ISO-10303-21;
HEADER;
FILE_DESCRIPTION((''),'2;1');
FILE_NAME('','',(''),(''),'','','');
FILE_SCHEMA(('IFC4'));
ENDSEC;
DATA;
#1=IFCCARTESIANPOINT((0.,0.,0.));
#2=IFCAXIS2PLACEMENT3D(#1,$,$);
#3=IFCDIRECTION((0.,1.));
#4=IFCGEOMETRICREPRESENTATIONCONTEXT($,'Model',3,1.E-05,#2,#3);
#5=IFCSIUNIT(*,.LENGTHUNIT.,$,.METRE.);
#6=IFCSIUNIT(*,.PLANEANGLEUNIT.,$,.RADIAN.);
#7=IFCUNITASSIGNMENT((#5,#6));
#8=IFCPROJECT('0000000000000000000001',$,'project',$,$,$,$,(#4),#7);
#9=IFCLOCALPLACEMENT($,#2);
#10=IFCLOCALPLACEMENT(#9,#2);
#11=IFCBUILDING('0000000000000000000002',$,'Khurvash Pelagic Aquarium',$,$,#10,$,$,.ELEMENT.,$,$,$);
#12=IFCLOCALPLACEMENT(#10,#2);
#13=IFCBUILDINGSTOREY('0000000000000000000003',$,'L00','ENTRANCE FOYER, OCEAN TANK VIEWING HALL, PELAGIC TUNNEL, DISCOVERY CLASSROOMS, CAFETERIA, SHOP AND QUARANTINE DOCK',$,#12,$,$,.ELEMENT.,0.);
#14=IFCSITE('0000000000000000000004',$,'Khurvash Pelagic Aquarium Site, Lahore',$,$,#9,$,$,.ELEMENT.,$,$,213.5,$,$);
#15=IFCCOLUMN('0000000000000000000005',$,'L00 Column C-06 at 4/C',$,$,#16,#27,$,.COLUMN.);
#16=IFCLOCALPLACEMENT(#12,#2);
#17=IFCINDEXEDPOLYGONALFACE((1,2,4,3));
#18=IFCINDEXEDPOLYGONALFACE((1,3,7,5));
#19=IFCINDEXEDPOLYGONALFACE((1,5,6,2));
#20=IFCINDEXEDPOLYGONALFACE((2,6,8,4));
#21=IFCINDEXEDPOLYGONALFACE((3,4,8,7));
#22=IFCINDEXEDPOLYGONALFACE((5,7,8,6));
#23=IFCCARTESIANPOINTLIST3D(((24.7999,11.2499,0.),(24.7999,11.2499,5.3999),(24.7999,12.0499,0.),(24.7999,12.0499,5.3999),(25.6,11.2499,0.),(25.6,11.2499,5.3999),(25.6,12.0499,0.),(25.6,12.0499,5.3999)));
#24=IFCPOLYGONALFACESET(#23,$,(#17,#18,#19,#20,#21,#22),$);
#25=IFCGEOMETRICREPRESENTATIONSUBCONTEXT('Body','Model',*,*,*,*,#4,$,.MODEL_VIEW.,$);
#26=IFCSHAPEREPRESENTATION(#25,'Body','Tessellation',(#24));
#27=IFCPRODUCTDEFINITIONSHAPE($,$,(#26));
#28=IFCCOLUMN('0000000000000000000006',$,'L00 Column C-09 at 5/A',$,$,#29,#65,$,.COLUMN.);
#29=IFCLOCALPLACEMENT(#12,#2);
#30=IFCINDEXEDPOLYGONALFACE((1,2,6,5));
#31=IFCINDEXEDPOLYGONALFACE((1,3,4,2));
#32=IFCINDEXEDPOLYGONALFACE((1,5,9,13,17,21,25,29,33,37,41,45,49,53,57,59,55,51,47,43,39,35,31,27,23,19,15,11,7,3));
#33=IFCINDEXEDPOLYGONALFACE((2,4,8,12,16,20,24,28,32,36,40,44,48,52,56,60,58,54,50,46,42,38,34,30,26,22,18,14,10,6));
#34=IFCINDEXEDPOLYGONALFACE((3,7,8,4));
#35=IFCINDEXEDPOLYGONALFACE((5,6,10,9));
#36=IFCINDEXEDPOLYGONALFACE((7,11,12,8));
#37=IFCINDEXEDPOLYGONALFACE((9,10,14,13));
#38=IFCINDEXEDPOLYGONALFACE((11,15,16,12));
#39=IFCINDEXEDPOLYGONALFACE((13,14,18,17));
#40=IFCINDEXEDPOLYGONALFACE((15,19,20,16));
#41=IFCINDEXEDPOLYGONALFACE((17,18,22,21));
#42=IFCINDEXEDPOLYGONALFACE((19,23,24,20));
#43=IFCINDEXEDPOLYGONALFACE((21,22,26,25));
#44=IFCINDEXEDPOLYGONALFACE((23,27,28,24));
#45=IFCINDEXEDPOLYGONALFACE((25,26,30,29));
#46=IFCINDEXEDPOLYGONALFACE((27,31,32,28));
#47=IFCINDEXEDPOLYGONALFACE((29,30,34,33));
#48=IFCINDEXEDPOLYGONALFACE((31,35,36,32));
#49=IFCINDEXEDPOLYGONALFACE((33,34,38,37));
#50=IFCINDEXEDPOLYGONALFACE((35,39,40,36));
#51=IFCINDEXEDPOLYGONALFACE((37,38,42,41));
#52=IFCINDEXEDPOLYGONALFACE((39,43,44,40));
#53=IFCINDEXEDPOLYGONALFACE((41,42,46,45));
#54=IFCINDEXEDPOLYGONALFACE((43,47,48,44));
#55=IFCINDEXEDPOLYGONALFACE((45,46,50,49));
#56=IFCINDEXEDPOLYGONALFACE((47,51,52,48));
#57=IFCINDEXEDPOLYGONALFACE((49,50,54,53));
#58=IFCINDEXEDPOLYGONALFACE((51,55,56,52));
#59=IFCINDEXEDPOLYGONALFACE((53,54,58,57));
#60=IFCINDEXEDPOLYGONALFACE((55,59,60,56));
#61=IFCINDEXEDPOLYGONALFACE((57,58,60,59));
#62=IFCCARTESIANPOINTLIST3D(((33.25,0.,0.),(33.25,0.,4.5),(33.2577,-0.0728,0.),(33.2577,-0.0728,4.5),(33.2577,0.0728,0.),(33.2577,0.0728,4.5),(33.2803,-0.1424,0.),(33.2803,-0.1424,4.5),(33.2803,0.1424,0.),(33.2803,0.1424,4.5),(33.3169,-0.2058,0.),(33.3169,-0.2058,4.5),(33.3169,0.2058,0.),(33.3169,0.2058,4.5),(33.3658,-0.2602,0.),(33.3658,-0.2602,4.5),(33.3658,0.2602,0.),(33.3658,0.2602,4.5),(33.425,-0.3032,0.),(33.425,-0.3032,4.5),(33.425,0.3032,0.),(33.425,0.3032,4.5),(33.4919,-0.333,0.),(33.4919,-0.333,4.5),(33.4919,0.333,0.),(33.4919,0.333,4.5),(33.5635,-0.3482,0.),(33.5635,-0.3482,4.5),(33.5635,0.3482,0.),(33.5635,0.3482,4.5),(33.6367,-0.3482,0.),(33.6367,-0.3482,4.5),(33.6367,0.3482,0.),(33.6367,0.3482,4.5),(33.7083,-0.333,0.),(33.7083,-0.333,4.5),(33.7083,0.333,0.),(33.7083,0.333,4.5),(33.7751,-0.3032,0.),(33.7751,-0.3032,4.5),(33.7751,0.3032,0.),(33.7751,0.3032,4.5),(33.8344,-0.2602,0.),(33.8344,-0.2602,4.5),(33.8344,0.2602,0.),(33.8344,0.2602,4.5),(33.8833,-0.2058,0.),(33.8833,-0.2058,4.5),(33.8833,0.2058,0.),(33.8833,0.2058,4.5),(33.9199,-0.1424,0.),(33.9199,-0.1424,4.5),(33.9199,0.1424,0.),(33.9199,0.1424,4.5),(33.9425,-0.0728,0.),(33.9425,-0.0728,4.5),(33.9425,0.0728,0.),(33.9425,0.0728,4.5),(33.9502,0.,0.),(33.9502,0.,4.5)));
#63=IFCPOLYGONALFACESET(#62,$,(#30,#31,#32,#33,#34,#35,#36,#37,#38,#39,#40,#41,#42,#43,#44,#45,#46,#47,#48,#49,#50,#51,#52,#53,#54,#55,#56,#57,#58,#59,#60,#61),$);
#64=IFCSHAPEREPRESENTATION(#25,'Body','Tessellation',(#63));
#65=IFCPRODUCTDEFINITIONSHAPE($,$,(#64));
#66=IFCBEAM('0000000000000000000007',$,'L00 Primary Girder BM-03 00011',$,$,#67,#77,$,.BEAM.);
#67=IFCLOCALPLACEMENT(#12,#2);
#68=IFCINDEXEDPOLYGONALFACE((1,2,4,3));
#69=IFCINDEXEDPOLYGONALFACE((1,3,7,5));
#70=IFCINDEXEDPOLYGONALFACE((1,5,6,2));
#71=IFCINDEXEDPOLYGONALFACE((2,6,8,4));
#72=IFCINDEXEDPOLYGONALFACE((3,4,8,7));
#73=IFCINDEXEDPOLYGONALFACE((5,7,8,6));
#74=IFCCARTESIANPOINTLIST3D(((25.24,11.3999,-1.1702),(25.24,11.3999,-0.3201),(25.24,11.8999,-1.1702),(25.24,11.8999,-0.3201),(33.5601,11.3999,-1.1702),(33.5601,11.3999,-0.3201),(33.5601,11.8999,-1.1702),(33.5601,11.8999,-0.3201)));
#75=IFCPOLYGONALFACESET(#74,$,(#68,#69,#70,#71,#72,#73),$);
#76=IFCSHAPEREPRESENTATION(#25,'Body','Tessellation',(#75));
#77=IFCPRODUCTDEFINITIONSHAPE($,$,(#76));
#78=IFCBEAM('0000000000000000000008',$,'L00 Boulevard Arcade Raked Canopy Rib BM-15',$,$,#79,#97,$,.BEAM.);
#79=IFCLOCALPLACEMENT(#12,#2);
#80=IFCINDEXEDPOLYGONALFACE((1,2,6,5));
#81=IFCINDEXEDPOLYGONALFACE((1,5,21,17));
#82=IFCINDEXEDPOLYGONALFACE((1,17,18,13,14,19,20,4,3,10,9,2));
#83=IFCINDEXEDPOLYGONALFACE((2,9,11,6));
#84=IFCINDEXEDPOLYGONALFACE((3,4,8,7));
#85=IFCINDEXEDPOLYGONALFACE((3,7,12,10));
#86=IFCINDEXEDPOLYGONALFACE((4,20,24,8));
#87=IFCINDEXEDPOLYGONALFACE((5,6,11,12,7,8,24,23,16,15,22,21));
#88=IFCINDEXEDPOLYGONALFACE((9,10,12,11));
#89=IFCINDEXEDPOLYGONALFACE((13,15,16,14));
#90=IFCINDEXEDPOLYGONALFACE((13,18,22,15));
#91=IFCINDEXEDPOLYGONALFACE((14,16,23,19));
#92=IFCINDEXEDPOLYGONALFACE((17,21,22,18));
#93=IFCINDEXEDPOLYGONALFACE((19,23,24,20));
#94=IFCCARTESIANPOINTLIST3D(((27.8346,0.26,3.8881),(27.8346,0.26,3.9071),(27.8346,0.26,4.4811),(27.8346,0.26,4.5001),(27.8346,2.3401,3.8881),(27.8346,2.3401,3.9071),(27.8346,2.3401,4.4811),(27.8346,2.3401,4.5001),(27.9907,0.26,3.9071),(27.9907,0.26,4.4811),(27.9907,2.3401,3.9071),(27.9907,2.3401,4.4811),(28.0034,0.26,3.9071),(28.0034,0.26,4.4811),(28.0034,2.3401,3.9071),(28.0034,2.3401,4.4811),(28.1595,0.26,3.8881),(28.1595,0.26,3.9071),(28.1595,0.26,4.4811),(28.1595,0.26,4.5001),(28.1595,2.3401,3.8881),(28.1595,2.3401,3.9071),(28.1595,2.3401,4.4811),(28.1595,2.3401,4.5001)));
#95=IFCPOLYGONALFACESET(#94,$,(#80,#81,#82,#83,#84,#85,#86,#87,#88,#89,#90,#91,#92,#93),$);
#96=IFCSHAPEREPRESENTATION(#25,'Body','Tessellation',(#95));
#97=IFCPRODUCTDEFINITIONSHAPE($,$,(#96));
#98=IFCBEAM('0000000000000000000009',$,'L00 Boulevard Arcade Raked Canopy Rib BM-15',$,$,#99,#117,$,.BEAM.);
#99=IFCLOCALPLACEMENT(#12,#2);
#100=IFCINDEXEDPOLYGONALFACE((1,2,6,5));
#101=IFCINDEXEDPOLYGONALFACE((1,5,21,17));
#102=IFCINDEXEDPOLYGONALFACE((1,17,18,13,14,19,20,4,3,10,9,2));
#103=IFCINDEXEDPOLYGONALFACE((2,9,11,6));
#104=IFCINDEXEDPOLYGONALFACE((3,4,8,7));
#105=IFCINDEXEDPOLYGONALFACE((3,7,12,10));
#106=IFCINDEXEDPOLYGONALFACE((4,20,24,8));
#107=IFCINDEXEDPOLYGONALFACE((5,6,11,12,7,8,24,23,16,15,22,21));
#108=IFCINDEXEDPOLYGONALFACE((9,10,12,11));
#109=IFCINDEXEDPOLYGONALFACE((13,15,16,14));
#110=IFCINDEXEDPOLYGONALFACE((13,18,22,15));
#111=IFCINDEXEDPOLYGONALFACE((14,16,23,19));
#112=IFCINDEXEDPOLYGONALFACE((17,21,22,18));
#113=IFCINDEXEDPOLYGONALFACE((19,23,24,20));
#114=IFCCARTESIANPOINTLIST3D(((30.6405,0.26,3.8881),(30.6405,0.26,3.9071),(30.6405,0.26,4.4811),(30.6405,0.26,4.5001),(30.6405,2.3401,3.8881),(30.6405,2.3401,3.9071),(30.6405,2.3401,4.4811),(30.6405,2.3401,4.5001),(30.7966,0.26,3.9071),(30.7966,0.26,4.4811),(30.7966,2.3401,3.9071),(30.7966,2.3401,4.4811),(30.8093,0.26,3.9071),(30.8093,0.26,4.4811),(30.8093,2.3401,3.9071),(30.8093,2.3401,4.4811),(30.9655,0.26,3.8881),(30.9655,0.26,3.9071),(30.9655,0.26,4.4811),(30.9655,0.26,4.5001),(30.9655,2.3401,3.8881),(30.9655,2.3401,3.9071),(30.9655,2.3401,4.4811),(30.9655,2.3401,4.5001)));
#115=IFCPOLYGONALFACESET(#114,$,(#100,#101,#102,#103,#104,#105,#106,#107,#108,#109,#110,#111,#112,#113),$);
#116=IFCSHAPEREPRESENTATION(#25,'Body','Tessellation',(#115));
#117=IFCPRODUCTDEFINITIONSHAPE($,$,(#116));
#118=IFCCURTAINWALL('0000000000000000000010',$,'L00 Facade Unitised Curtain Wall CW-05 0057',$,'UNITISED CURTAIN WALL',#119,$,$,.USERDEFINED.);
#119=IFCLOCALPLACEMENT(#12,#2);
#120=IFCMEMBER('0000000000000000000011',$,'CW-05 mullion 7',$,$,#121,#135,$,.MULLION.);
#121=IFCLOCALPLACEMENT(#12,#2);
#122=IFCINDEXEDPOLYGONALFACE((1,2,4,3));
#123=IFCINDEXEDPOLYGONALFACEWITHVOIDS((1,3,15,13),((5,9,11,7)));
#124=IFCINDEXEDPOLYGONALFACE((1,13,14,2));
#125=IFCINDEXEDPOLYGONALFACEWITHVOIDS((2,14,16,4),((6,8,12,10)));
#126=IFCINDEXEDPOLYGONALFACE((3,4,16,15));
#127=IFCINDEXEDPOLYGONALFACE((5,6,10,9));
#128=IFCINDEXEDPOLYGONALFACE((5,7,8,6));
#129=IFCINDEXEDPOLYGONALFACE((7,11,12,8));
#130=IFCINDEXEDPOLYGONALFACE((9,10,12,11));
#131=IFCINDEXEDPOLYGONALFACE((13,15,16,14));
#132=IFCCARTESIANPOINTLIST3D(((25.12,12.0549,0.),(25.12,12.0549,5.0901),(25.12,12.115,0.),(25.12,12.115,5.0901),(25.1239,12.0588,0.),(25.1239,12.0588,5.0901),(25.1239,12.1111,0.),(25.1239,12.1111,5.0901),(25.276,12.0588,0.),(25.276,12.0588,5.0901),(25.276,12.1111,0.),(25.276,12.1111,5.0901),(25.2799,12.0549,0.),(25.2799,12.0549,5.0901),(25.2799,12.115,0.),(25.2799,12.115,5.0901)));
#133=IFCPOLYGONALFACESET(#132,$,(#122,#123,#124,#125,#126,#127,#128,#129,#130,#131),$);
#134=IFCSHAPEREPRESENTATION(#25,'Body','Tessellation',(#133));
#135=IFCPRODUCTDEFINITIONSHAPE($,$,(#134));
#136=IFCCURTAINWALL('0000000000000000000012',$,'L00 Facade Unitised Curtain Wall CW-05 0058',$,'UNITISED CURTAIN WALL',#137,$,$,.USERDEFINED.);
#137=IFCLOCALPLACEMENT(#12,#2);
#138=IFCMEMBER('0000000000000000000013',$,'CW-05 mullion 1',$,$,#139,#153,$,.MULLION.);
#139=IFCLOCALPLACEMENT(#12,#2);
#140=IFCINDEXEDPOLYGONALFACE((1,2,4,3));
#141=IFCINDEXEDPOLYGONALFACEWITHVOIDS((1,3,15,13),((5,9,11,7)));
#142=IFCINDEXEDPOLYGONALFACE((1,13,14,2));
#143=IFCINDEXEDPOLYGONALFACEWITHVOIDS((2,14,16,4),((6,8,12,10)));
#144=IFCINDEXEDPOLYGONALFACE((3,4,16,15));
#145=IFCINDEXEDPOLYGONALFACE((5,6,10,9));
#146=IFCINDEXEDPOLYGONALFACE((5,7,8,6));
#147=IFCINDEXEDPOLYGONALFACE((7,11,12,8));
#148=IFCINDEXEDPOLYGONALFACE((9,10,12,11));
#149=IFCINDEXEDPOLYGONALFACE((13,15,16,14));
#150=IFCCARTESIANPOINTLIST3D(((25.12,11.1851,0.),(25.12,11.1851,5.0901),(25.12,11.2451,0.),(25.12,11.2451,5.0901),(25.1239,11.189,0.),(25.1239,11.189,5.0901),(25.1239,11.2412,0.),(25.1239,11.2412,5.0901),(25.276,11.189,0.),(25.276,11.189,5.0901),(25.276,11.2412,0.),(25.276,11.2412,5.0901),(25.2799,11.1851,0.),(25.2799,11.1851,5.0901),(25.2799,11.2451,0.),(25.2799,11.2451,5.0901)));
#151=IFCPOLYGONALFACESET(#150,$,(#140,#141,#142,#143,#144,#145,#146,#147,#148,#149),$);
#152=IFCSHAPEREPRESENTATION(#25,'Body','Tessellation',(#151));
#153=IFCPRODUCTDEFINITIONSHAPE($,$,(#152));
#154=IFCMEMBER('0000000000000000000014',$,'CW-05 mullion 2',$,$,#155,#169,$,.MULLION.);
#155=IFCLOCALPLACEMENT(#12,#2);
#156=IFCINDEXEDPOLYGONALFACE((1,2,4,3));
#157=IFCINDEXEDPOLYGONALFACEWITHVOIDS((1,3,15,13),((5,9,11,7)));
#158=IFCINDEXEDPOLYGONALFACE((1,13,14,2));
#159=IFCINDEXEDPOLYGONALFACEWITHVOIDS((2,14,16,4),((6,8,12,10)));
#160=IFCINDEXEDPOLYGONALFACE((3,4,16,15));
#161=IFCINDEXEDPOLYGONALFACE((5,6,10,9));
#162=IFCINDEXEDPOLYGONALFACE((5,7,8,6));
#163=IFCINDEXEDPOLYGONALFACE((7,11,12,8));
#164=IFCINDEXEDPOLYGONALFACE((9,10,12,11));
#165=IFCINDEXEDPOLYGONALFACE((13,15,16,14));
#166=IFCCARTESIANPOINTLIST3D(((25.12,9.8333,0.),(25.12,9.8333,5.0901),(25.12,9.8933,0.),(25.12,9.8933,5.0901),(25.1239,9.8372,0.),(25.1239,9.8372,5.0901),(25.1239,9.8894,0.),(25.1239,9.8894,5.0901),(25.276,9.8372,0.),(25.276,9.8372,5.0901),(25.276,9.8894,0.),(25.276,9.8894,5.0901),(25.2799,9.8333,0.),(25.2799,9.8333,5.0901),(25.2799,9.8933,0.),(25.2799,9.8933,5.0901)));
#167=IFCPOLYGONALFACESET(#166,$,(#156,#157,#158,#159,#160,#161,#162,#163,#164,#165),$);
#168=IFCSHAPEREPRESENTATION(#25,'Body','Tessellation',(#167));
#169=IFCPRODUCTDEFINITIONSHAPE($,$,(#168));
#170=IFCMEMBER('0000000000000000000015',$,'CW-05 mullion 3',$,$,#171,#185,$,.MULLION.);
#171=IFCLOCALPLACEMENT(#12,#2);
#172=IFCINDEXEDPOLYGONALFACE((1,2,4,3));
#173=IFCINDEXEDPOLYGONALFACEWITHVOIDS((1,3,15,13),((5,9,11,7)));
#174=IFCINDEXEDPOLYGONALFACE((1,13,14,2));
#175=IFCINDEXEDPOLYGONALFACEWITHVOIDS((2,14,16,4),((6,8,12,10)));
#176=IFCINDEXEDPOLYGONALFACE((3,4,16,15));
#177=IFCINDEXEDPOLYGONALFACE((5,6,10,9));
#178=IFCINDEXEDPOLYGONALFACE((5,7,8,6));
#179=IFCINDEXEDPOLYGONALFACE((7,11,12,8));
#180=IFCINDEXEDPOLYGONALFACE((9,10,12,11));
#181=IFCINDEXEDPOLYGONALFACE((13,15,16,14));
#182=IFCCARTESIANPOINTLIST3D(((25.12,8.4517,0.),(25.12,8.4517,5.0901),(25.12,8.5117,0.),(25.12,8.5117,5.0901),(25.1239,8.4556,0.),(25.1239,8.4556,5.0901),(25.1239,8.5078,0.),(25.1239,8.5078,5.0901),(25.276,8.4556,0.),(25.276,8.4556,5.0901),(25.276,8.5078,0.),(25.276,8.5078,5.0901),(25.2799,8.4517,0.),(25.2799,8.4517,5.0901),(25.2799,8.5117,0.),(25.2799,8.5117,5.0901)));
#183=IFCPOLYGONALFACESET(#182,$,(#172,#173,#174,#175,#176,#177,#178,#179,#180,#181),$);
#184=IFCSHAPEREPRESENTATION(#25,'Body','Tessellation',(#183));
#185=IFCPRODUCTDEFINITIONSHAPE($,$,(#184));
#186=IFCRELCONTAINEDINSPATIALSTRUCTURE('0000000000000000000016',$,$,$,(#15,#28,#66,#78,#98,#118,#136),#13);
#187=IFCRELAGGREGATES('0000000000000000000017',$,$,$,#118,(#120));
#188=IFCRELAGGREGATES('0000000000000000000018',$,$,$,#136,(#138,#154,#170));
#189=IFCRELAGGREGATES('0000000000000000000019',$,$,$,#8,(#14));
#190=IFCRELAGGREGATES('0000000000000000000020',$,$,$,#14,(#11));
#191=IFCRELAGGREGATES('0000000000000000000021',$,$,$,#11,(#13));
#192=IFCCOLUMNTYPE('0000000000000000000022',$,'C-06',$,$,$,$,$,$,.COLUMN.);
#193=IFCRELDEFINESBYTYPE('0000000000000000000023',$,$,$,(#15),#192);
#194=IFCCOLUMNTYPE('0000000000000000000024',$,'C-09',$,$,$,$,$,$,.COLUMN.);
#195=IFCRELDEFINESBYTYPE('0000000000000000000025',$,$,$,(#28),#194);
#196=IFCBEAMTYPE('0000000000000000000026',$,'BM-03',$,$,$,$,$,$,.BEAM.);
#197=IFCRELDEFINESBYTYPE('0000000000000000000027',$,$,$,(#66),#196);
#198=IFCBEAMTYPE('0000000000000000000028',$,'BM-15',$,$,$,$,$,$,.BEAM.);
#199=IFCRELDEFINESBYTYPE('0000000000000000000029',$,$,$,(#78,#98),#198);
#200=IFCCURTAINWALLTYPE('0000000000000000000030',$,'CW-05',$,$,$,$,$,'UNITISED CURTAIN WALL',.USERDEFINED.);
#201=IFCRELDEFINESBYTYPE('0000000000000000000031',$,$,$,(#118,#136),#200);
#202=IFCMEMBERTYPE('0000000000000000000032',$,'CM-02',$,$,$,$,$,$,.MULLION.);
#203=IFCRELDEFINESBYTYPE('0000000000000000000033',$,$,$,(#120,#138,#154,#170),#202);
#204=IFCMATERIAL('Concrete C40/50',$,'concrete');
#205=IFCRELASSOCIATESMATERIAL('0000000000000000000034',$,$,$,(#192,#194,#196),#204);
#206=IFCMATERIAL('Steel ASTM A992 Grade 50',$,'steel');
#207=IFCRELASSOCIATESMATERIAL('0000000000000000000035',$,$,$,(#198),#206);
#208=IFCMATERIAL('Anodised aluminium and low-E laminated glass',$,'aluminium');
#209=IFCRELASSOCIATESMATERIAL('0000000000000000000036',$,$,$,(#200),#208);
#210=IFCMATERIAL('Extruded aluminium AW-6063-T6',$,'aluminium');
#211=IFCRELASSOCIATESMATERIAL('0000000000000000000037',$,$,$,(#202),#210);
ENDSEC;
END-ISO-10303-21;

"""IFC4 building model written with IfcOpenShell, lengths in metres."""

from ifc_helpers import new_model, si_unit, direction, frame, origin, origin_2d, place, context, subcontext, project, spatial, rectangle, hollow_rectangle, circle, i_section, extrude, material, material_profile, profile_set, type_object, element, aggregate, save


model = new_model("IFC4")

# Units and contexts
model_context = context("Model", 3, precision=1e-05, world=origin(), true_north=direction((0.0, 1.0)))
body_context = subcontext(model_context, "Body", "Model", "MODEL_VIEW")
ifc_project = project(units=[si_unit("LENGTHUNIT", "METRE"), si_unit("PLANEANGLEUNIT", "RADIAN")], contexts=[model_context])

# Site, building, storey
site_placement = place(None, origin())
site = spatial("IfcSite", under=ifc_project, at=site_placement, Name="Khurvash Pelagic Aquarium Site, Lahore", CompositionType="ELEMENT", RefElevation=213.5)
building_placement = place(site_placement, origin())
building = spatial("IfcBuilding", under=site, at=building_placement, Name="Khurvash Pelagic Aquarium", CompositionType="ELEMENT")
storey_placement = place(building_placement, origin())
storey = spatial("IfcBuildingStorey", under=building, at=storey_placement, Name="L00", Description="ENTRANCE FOYER, OCEAN TANK VIEWING HALL, PELAGIC TUNNEL, DISCOVERY CLASSROOMS, CAFETERIA, SHOP AND QUARANTINE DOCK", CompositionType="ELEMENT", Elevation=0.0)

# Columns
ifc_material_1 = material(Name="Concrete C40/50", Category="concrete")
ifc_material_profile_1 = material_profile(ifc_material_1, rectangle(XDim=0.8, YDim=0.8, at=origin_2d()), Name="RC800X800")
ifc_profile_set_1 = profile_set([ifc_material_profile_1], Name="Concrete C40/50")
column_type_1 = type_object("IfcColumnType", Name="C-06", PredefinedType="COLUMN", material=ifc_profile_set_1)
column_1_placement = place(storey_placement, frame((25.2, 11.6499, 0.0), z_axis=(0.0, 0.0, 1.0), x_axis=(1.0, 0.0, 0.0)))
element("IfcColumn", 1, at=column_1_placement, inside=storey, type_object=column_type_1, Name="L00 Column C-06 at 4/C", PredefinedType="COLUMN", context=body_context, shape_type="SweptSolid", body=[
    extrude(rectangle(XDim=0.8, YDim=0.8, at=origin_2d()), origin(), (0.0, 0.0, 1.0), 5.3999),
])
ifc_material_profile_2 = material_profile(ifc_material_1, circle(Radius=0.3501, at=origin_2d()), Name="RC700D")
ifc_profile_set_2 = profile_set([ifc_material_profile_2], Name="Concrete C40/50")
column_type_2 = type_object("IfcColumnType", Name="C-09", PredefinedType="COLUMN", material=ifc_profile_set_2)
column_2_placement = place(storey_placement, frame((33.6001, 0.0, 0.0), z_axis=(0.0, 0.0, 1.0), x_axis=(1.0, 0.0, 0.0)))
element("IfcColumn", 2, at=column_2_placement, inside=storey, type_object=column_type_2, Name="L00 Column C-09 at 5/A", PredefinedType="COLUMN", context=body_context, shape_type="SweptSolid", body=[
    extrude(circle(Radius=0.3501, at=origin_2d()), origin(), (0.0, 0.0, 1.0), 4.5),
])

# Beams
ifc_material_profile_3 = material_profile(ifc_material_1, rectangle(XDim=0.5, YDim=0.8501, at=origin_2d()), Name="RC500X850")
ifc_profile_set_3 = profile_set([ifc_material_profile_3], Name="Concrete C40/50")
beam_type_1 = type_object("IfcBeamType", Name="BM-03", PredefinedType="BEAM", material=ifc_profile_set_3)
beam_1_placement = place(storey_placement, frame((25.24, 11.6499, -0.7451), z_axis=(1.0, 0.0, 0.0), x_axis=(0.0, 1.0, 0.0)))
element("IfcBeam", 3, at=beam_1_placement, inside=storey, type_object=beam_type_1, Name="L00 Primary Girder BM-03 00011", PredefinedType="BEAM", context=body_context, shape_type="SweptSolid", body=[
    extrude(rectangle(XDim=0.5, YDim=0.8501, at=origin_2d()), origin(), (0.0, 0.0, 1.0), 8.3201),
])
ifc_material_2 = material(Name="Steel ASTM A992 Grade 50", Category="steel")
ifc_material_profile_4 = material_profile(ifc_material_2, i_section(OverallWidth=0.325, OverallDepth=0.6121, WebThickness=0.0127, FlangeThickness=0.019, at=origin_2d()), Name="W24X104")
ifc_profile_set_4 = profile_set([ifc_material_profile_4], Name="Steel ASTM A992 Grade 50")
beam_type_2 = type_object("IfcBeamType", Name="BM-15", PredefinedType="BEAM", material=ifc_profile_set_4)
for number, where, z_axis, x_axis, name in (
    (4, (27.9971, 2.3401, 4.1941), (0.0, -1.0, 0.0), (1.0, 0.0, 0.0), "L00 Boulevard Arcade Raked Canopy Rib BM-15"),
    (5, (30.803, 2.3401, 4.1941), (0.0, -1.0, 0.0), (1.0, 0.0, 0.0), "L00 Boulevard Arcade Raked Canopy Rib BM-15"),
):
    element("IfcBeam", number, at=place(storey_placement, frame(where, z_axis=z_axis, x_axis=x_axis)), inside=storey, type_object=beam_type_2, Name=name, PredefinedType="BEAM", context=body_context, shape_type="SweptSolid", body=[
        extrude(i_section(OverallWidth=0.325, OverallDepth=0.6121, WebThickness=0.0127, FlangeThickness=0.019, at=origin_2d()), origin(), (0.0, 0.0, 1.0), 2.0801),
    ])

# Curtain wall, member
ifc_material_3 = material(Name="Anodised aluminium and low-E laminated glass", Category="aluminium")
curtain_wall_type = type_object("IfcCurtainWallType", Name="CW-05", ElementType="UNITISED CURTAIN WALL", PredefinedType="USERDEFINED", material=ifc_material_3)
curtain_wall_1_placement = place(storey_placement, origin())
curtain_wall_1 = element("IfcCurtainWall", 6, at=curtain_wall_1_placement, inside=storey, type_object=curtain_wall_type, Name="L00 Facade Unitised Curtain Wall CW-05 0057", ObjectType="UNITISED CURTAIN WALL", PredefinedType="USERDEFINED")
ifc_material_4 = material(Name="Extruded aluminium AW-6063-T6", Category="aluminium")
ifc_material_profile_5 = material_profile(ifc_material_4, hollow_rectangle(XDim=0.0601, YDim=0.1599, WallThickness=0.0039, at=origin_2d()), Name="CWM60X160X4")
ifc_profile_set_5 = profile_set([ifc_material_profile_5], Name="Extruded aluminium AW-6063-T6")
member_type_1 = type_object("IfcMemberType", Name="CM-02", PredefinedType="MULLION", material=ifc_profile_set_5)
member_1_placement = place(storey_placement, frame((25.2, 12.085, 0.0), z_axis=(0.0, 0.0, 1.0), x_axis=(0.0, -1.0, 0.0)))
member_1 = element("IfcMember", 7, at=member_1_placement, type_object=member_type_1, Name="CW-05 mullion 7", PredefinedType="MULLION", context=body_context, shape_type="SweptSolid", body=[
    extrude(hollow_rectangle(XDim=0.0601, YDim=0.1599, WallThickness=0.0039, at=origin_2d()), origin(), (0.0, 0.0, 1.0), 5.0901),
])
aggregate(curtain_wall_1, [member_1])

# Curtain wall, members
curtain_wall_2_placement = place(storey_placement, origin())
curtain_wall_2 = element("IfcCurtainWall", 8, at=curtain_wall_2_placement, inside=storey, type_object=curtain_wall_type, Name="L00 Facade Unitised Curtain Wall CW-05 0058", ObjectType="UNITISED CURTAIN WALL", PredefinedType="USERDEFINED")
member_2_placement = place(storey_placement, frame((25.2, 11.2151, 0.0), z_axis=(0.0, 0.0, 1.0), x_axis=(0.0, -1.0, 0.0)))
member_2 = element("IfcMember", 9, at=member_2_placement, type_object=member_type_1, Name="CW-05 mullion 1", PredefinedType="MULLION", context=body_context, shape_type="SweptSolid", body=[
    extrude(hollow_rectangle(XDim=0.0601, YDim=0.1599, WallThickness=0.0039, at=origin_2d()), origin(), (0.0, 0.0, 1.0), 5.0901),
])
member_3_placement = place(storey_placement, frame((25.2, 9.8633, 0.0), z_axis=(0.0, 0.0, 1.0), x_axis=(0.0, -1.0, 0.0)))
member_3 = element("IfcMember", 10, at=member_3_placement, type_object=member_type_1, Name="CW-05 mullion 2", PredefinedType="MULLION", context=body_context, shape_type="SweptSolid", body=[
    extrude(hollow_rectangle(XDim=0.0601, YDim=0.1599, WallThickness=0.0039, at=origin_2d()), origin(), (0.0, 0.0, 1.0), 5.0901),
])
member_4_placement = place(storey_placement, frame((25.2, 8.4817, 0.0), z_axis=(0.0, 0.0, 1.0), x_axis=(0.0, -1.0, 0.0)))
member_4 = element("IfcMember", 11, at=member_4_placement, type_object=member_type_1, Name="CW-05 mullion 3", PredefinedType="MULLION", context=body_context, shape_type="SweptSolid", body=[
    extrude(hollow_rectangle(XDim=0.0601, YDim=0.1599, WallThickness=0.0039, at=origin_2d()), origin(), (0.0, 0.0, 1.0), 5.0901),
])

aggregate(curtain_wall_2, [member_2, member_3, member_4])

save(model, "model.ifc")
